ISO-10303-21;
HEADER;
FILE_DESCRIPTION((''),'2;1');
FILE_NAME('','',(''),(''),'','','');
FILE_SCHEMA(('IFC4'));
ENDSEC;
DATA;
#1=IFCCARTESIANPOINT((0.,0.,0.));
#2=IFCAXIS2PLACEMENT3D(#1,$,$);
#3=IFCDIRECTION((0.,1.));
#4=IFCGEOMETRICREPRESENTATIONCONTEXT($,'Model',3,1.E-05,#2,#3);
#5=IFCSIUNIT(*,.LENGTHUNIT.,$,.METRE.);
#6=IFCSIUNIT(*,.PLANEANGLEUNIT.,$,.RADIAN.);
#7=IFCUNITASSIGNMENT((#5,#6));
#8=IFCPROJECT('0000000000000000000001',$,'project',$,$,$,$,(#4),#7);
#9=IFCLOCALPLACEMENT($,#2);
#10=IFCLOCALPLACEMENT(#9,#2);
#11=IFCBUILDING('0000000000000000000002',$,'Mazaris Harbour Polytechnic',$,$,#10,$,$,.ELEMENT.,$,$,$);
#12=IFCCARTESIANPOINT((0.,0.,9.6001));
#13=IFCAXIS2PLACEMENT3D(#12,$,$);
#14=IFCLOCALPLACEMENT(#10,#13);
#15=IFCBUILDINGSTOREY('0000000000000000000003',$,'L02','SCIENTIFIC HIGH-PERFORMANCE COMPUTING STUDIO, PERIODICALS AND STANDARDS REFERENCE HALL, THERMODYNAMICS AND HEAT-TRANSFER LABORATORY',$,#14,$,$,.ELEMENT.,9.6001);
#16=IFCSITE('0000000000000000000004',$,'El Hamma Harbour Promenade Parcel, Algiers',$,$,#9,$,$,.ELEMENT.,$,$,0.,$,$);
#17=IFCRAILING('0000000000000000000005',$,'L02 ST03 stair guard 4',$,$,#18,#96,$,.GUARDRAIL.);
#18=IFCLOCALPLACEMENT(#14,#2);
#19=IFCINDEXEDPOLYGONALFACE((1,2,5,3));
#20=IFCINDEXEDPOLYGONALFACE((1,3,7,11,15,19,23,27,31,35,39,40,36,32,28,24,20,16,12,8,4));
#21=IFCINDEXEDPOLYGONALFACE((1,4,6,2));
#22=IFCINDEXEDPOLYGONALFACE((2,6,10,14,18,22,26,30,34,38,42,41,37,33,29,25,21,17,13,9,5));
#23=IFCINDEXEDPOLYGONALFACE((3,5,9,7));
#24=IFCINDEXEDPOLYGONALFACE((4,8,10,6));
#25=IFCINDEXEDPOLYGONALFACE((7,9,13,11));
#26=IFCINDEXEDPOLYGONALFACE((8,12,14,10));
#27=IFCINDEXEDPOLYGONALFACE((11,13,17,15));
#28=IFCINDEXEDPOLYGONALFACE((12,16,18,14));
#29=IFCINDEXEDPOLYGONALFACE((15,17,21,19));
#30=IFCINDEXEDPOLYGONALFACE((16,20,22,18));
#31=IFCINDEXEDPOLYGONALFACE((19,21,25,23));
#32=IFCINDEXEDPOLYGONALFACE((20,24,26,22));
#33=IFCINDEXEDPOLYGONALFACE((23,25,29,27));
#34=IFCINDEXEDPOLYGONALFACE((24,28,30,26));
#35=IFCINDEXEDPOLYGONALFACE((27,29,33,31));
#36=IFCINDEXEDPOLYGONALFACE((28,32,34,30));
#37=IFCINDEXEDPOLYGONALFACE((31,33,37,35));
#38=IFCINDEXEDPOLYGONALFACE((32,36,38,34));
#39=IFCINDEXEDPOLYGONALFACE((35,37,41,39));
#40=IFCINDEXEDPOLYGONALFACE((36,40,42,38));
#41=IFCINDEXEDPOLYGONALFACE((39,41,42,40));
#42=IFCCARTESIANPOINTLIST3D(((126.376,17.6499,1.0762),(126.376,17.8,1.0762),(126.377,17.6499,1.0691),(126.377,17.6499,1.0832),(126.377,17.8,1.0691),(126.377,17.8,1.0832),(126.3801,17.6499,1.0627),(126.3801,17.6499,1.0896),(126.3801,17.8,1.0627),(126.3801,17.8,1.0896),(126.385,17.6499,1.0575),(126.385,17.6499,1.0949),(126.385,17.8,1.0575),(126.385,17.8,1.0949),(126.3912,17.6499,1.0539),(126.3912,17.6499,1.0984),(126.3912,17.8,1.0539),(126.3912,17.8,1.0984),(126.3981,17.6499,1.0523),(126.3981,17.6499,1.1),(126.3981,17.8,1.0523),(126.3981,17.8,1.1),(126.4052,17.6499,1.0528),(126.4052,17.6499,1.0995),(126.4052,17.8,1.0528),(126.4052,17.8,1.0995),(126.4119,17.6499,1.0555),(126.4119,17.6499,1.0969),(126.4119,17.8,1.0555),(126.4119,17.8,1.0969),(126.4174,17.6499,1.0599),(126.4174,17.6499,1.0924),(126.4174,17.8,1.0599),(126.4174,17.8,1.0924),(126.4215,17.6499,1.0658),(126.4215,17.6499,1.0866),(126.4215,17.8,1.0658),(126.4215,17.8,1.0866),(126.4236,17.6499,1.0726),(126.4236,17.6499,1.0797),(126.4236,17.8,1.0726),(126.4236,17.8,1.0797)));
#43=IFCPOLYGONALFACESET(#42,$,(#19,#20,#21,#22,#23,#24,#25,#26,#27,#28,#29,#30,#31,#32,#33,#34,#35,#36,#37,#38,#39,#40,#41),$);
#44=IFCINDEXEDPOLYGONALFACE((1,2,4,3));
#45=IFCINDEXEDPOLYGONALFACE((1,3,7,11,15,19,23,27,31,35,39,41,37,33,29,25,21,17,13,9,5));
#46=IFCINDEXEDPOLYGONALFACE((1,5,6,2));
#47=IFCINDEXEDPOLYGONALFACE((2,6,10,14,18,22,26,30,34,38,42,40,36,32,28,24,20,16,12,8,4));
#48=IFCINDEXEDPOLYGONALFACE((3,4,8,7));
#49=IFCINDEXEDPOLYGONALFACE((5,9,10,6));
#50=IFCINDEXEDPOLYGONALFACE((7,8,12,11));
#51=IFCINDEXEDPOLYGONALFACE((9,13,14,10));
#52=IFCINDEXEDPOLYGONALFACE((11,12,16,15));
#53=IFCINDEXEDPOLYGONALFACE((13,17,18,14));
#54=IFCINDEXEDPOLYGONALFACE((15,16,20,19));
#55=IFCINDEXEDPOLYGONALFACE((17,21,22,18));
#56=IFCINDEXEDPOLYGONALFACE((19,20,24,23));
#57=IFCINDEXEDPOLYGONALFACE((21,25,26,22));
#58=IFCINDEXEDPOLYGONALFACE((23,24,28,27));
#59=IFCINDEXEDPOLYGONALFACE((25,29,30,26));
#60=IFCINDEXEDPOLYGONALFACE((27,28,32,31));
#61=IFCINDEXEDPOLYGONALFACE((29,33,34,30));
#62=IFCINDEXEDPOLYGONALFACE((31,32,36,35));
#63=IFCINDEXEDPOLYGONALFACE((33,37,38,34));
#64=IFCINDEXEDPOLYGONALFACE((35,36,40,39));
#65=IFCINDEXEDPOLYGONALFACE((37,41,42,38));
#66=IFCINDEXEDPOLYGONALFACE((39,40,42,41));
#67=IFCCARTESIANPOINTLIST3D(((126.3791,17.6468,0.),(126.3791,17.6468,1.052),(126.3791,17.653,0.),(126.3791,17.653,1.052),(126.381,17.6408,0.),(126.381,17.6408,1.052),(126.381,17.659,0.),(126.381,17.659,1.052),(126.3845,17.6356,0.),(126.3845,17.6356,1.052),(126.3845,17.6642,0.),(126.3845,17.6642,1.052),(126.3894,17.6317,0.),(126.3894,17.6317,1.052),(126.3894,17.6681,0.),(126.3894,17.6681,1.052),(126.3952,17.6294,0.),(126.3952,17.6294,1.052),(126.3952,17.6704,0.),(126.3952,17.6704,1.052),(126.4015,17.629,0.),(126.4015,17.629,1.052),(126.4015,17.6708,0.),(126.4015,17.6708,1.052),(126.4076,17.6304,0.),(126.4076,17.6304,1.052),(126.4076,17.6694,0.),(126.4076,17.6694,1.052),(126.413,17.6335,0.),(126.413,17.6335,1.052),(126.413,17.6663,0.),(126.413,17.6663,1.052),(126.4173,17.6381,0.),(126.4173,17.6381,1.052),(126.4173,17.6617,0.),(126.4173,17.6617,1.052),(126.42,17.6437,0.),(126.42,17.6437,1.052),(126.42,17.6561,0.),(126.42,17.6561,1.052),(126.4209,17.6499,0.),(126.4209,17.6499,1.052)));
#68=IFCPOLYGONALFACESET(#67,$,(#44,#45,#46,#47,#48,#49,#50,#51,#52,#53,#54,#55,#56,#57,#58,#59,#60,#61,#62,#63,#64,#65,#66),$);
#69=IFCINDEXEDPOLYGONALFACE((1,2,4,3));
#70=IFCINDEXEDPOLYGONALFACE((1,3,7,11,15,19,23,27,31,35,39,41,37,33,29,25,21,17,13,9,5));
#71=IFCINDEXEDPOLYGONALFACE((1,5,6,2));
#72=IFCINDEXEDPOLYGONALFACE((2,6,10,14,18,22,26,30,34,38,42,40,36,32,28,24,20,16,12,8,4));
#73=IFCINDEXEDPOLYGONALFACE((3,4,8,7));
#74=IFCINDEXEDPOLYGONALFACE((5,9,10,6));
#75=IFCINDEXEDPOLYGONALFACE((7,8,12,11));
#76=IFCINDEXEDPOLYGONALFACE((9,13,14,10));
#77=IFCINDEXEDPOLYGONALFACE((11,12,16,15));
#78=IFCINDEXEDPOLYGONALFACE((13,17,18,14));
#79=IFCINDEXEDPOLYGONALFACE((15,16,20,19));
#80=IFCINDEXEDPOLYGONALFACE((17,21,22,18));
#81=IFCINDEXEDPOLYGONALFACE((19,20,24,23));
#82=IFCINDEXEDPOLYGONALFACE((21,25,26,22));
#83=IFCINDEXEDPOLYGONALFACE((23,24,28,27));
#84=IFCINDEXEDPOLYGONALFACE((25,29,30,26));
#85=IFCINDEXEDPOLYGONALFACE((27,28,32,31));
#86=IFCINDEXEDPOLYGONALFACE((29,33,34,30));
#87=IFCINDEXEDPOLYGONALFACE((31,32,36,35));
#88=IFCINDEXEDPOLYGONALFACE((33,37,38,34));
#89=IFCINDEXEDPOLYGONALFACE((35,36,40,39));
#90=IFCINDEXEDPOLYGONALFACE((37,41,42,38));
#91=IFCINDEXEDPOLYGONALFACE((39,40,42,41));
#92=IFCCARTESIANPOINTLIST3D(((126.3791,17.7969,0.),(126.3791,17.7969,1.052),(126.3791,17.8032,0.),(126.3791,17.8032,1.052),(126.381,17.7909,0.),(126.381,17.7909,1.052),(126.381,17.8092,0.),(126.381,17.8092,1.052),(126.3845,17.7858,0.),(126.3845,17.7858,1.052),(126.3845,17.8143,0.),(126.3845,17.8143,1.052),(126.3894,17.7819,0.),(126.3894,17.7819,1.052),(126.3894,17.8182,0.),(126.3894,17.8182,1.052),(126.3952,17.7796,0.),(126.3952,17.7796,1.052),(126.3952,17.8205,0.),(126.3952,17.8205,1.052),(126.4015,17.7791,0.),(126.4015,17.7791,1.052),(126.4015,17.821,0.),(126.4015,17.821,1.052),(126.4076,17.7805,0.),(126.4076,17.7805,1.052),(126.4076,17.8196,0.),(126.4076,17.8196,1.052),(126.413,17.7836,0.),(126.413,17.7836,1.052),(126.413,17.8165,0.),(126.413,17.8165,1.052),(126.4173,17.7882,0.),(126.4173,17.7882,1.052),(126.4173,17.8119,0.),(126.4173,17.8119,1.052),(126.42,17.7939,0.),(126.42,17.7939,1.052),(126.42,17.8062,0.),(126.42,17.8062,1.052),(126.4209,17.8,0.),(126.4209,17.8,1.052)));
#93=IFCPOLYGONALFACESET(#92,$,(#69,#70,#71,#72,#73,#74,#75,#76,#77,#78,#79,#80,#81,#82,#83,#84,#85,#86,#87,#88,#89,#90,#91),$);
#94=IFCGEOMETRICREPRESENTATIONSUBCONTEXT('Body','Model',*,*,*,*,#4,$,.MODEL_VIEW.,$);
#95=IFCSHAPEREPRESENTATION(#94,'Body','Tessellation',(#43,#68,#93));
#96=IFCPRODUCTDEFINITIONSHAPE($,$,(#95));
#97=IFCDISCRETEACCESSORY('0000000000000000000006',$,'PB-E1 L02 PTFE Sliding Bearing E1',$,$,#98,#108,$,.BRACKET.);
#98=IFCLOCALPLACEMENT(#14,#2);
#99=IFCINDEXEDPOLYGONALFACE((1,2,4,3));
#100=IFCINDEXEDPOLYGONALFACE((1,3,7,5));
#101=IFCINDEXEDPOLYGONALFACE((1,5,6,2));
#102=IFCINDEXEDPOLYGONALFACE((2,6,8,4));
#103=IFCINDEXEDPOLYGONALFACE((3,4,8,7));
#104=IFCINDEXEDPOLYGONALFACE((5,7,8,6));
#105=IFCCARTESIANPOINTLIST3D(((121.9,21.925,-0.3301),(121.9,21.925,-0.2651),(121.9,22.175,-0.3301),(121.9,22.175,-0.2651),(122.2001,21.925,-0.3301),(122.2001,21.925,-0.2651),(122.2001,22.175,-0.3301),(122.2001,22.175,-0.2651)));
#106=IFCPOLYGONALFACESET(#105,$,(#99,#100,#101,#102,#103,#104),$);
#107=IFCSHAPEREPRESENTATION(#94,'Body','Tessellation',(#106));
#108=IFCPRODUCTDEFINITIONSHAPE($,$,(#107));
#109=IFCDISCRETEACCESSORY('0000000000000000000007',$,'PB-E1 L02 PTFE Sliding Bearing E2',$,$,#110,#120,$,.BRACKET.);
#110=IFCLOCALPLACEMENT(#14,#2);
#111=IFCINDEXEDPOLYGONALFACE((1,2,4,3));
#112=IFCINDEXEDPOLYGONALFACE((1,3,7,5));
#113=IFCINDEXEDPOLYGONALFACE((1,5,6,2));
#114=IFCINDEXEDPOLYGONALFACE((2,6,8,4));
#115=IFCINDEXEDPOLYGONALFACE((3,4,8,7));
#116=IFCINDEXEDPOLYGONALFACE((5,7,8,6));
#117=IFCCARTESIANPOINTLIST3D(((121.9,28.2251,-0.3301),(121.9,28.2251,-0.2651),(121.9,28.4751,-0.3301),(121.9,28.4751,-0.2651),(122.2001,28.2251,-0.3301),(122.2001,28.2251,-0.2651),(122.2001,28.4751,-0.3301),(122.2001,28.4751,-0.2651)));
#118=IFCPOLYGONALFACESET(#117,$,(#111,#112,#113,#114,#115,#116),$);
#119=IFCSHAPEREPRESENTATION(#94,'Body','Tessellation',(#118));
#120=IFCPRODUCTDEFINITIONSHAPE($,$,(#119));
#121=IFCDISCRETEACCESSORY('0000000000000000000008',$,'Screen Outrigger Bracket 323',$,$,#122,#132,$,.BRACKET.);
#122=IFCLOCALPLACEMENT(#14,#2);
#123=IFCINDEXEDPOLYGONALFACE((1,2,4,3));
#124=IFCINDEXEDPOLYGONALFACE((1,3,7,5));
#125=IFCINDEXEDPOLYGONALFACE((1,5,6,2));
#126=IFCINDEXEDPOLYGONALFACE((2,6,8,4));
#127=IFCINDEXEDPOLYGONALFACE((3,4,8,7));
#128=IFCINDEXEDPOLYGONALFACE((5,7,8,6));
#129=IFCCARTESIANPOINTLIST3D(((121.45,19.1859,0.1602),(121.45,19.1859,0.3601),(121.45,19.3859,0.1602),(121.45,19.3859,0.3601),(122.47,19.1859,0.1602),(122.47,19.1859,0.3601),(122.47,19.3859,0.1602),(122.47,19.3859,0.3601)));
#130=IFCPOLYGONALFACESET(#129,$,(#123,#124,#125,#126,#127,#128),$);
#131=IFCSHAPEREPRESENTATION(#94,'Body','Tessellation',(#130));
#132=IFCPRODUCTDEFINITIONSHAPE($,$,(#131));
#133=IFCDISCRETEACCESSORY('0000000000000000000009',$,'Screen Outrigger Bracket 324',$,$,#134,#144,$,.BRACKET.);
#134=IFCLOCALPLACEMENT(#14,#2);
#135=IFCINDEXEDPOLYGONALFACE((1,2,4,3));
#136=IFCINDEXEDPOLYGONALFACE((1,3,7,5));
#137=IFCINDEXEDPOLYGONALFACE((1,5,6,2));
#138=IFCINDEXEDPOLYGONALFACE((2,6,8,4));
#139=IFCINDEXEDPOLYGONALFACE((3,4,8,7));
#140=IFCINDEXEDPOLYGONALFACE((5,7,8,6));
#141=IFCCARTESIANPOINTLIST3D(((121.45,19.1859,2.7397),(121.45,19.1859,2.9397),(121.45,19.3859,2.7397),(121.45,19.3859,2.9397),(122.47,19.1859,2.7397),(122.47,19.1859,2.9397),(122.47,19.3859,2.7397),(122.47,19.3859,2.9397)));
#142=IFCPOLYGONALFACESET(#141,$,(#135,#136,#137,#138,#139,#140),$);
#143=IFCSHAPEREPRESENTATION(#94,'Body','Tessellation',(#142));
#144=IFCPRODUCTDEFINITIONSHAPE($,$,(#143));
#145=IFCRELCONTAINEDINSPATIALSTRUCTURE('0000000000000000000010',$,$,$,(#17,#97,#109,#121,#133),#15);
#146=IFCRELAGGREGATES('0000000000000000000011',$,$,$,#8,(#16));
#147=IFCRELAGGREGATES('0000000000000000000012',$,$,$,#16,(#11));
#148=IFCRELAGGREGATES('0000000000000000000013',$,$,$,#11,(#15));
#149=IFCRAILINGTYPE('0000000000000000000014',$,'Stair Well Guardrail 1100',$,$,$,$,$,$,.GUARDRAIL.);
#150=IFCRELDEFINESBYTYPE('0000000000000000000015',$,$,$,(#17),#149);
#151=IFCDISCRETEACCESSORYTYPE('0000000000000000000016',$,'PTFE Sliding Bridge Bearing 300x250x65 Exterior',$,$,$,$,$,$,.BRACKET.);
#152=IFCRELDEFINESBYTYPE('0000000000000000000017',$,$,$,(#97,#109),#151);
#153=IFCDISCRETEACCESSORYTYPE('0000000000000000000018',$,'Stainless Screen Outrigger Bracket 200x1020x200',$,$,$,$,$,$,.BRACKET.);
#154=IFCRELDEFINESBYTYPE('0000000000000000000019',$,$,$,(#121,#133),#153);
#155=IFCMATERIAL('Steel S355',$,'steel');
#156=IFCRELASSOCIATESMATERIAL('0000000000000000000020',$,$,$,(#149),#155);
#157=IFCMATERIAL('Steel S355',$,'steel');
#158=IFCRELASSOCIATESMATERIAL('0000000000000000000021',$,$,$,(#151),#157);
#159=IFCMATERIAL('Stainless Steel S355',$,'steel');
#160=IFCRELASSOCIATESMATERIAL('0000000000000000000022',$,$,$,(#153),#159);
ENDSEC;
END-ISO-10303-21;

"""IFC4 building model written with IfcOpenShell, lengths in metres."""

from ifc_helpers import new_model, si_unit, direction, frame, origin, origin_2d, place, context, subcontext, project, spatial, rectangle, circle, extrude, material, type_object, element, save


model = new_model("IFC4")

# Units and contexts
model_context = context("Model", 3, precision=1e-05, world=origin(), true_north=direction((0.0, 1.0)))
body_context = subcontext(model_context, "Body", "Model", "MODEL_VIEW")
ifc_project = project(units=[si_unit("LENGTHUNIT", "METRE"), si_unit("PLANEANGLEUNIT", "RADIAN")], contexts=[model_context])

# Site, building, storey
site_placement = place(None, origin())
site = spatial("IfcSite", under=ifc_project, at=site_placement, Name="El Hamma Harbour Promenade Parcel, Algiers", CompositionType="ELEMENT", RefElevation=0.0)
building_placement = place(site_placement, origin())
building = spatial("IfcBuilding", under=site, at=building_placement, Name="Mazaris Harbour Polytechnic", CompositionType="ELEMENT")
storey_placement = place(building_placement, frame((0.0, 0.0, 9.6001)))
storey = spatial("IfcBuildingStorey", under=building, at=storey_placement, Name="L02", Description="SCIENTIFIC HIGH-PERFORMANCE COMPUTING STUDIO, PERIODICALS AND STANDARDS REFERENCE HALL, THERMODYNAMICS AND HEAT-TRANSFER LABORATORY", CompositionType="ELEMENT", Elevation=9.6001)

# Railing
ifc_material_1 = material(Name="Steel S355", Category="steel")
railing_type = type_object("IfcRailingType", Name="Stair Well Guardrail 1100", PredefinedType="GUARDRAIL", material=ifc_material_1)
railing_1_placement = place(storey_placement, frame((126.3999, 17.6499, 0.0)))
element("IfcRailing", 1, at=railing_1_placement, inside=storey, type_object=railing_type, Name="L02 ST03 stair guard 4", PredefinedType="GUARDRAIL", context=body_context, shape_type="SweptSolid", body=[
    extrude(circle(Radius=0.0239, at=origin_2d()), frame((0.0, 0.0, 1.0762), z_axis=(0.0, 1.0, 0.0), x_axis=(-1.0, 0.0, 0.0)), (0.0, 0.0, 1.0), 0.1501),
    extrude(circle(Radius=0.021, at=origin_2d()), origin(), (0.0, 0.0, 1.0), 1.052),
    extrude(circle(Radius=0.021, at=origin_2d()), frame((0.0, 0.1501, 0.0)), (0.0, 0.0, 1.0), 1.052),
])

# Discrete accessories
ifc_material_2 = material(Name="Steel S355", Category="steel")
discrete_accessory_type_1 = type_object("IfcDiscreteAccessoryType", Name="PTFE Sliding Bridge Bearing 300x250x65 Exterior", PredefinedType="BRACKET", material=ifc_material_2)
for number, where, z_axis, x_axis, name in (
    (2, (122.05, 22.05, -0.3301), (0.0, 0.0, 1.0), (1.0, 0.0, 0.0), "PB-E1 L02 PTFE Sliding Bearing E1"),
    (3, (122.05, 28.3501, -0.3301), (0.0, 0.0, 1.0), (1.0, 0.0, 0.0), "PB-E1 L02 PTFE Sliding Bearing E2"),
):
    element("IfcDiscreteAccessory", number, at=place(storey_placement, frame(where, z_axis=z_axis, x_axis=x_axis)), inside=storey, type_object=discrete_accessory_type_1, Name=name, PredefinedType="BRACKET", context=body_context, shape_type="SweptSolid", body=[
        extrude(rectangle(XDim=0.3, YDim=0.25, at=origin_2d()), origin(), (0.0, 0.0, 1.0), 0.0649),
    ])
ifc_material_3 = material(Name="Stainless Steel S355", Category="steel")
discrete_accessory_type_2 = type_object("IfcDiscreteAccessoryType", Name="Stainless Screen Outrigger Bracket 200x1020x200", PredefinedType="BRACKET", material=ifc_material_3)
for number, where, z_axis, x_axis, name in (
    (4, (121.96, 19.2859, 0.1602), (0.0, 0.0, 1.0), (0.0, 1.0, 0.0), "Screen Outrigger Bracket 323"),
    (5, (121.96, 19.2859, 2.7397), (0.0, 0.0, 1.0), (0.0, 1.0, 0.0), "Screen Outrigger Bracket 324"),
):
    element("IfcDiscreteAccessory", number, at=place(storey_placement, frame(where, z_axis=z_axis, x_axis=x_axis)), inside=storey, type_object=discrete_accessory_type_2, Name=name, PredefinedType="BRACKET", context=body_context, shape_type="SweptSolid", body=[
        extrude(rectangle(XDim=0.2, YDim=1.02, at=origin_2d()), origin(), (0.0, 0.0, 1.0), 0.2),
    ])

save(model, "model.ifc")
